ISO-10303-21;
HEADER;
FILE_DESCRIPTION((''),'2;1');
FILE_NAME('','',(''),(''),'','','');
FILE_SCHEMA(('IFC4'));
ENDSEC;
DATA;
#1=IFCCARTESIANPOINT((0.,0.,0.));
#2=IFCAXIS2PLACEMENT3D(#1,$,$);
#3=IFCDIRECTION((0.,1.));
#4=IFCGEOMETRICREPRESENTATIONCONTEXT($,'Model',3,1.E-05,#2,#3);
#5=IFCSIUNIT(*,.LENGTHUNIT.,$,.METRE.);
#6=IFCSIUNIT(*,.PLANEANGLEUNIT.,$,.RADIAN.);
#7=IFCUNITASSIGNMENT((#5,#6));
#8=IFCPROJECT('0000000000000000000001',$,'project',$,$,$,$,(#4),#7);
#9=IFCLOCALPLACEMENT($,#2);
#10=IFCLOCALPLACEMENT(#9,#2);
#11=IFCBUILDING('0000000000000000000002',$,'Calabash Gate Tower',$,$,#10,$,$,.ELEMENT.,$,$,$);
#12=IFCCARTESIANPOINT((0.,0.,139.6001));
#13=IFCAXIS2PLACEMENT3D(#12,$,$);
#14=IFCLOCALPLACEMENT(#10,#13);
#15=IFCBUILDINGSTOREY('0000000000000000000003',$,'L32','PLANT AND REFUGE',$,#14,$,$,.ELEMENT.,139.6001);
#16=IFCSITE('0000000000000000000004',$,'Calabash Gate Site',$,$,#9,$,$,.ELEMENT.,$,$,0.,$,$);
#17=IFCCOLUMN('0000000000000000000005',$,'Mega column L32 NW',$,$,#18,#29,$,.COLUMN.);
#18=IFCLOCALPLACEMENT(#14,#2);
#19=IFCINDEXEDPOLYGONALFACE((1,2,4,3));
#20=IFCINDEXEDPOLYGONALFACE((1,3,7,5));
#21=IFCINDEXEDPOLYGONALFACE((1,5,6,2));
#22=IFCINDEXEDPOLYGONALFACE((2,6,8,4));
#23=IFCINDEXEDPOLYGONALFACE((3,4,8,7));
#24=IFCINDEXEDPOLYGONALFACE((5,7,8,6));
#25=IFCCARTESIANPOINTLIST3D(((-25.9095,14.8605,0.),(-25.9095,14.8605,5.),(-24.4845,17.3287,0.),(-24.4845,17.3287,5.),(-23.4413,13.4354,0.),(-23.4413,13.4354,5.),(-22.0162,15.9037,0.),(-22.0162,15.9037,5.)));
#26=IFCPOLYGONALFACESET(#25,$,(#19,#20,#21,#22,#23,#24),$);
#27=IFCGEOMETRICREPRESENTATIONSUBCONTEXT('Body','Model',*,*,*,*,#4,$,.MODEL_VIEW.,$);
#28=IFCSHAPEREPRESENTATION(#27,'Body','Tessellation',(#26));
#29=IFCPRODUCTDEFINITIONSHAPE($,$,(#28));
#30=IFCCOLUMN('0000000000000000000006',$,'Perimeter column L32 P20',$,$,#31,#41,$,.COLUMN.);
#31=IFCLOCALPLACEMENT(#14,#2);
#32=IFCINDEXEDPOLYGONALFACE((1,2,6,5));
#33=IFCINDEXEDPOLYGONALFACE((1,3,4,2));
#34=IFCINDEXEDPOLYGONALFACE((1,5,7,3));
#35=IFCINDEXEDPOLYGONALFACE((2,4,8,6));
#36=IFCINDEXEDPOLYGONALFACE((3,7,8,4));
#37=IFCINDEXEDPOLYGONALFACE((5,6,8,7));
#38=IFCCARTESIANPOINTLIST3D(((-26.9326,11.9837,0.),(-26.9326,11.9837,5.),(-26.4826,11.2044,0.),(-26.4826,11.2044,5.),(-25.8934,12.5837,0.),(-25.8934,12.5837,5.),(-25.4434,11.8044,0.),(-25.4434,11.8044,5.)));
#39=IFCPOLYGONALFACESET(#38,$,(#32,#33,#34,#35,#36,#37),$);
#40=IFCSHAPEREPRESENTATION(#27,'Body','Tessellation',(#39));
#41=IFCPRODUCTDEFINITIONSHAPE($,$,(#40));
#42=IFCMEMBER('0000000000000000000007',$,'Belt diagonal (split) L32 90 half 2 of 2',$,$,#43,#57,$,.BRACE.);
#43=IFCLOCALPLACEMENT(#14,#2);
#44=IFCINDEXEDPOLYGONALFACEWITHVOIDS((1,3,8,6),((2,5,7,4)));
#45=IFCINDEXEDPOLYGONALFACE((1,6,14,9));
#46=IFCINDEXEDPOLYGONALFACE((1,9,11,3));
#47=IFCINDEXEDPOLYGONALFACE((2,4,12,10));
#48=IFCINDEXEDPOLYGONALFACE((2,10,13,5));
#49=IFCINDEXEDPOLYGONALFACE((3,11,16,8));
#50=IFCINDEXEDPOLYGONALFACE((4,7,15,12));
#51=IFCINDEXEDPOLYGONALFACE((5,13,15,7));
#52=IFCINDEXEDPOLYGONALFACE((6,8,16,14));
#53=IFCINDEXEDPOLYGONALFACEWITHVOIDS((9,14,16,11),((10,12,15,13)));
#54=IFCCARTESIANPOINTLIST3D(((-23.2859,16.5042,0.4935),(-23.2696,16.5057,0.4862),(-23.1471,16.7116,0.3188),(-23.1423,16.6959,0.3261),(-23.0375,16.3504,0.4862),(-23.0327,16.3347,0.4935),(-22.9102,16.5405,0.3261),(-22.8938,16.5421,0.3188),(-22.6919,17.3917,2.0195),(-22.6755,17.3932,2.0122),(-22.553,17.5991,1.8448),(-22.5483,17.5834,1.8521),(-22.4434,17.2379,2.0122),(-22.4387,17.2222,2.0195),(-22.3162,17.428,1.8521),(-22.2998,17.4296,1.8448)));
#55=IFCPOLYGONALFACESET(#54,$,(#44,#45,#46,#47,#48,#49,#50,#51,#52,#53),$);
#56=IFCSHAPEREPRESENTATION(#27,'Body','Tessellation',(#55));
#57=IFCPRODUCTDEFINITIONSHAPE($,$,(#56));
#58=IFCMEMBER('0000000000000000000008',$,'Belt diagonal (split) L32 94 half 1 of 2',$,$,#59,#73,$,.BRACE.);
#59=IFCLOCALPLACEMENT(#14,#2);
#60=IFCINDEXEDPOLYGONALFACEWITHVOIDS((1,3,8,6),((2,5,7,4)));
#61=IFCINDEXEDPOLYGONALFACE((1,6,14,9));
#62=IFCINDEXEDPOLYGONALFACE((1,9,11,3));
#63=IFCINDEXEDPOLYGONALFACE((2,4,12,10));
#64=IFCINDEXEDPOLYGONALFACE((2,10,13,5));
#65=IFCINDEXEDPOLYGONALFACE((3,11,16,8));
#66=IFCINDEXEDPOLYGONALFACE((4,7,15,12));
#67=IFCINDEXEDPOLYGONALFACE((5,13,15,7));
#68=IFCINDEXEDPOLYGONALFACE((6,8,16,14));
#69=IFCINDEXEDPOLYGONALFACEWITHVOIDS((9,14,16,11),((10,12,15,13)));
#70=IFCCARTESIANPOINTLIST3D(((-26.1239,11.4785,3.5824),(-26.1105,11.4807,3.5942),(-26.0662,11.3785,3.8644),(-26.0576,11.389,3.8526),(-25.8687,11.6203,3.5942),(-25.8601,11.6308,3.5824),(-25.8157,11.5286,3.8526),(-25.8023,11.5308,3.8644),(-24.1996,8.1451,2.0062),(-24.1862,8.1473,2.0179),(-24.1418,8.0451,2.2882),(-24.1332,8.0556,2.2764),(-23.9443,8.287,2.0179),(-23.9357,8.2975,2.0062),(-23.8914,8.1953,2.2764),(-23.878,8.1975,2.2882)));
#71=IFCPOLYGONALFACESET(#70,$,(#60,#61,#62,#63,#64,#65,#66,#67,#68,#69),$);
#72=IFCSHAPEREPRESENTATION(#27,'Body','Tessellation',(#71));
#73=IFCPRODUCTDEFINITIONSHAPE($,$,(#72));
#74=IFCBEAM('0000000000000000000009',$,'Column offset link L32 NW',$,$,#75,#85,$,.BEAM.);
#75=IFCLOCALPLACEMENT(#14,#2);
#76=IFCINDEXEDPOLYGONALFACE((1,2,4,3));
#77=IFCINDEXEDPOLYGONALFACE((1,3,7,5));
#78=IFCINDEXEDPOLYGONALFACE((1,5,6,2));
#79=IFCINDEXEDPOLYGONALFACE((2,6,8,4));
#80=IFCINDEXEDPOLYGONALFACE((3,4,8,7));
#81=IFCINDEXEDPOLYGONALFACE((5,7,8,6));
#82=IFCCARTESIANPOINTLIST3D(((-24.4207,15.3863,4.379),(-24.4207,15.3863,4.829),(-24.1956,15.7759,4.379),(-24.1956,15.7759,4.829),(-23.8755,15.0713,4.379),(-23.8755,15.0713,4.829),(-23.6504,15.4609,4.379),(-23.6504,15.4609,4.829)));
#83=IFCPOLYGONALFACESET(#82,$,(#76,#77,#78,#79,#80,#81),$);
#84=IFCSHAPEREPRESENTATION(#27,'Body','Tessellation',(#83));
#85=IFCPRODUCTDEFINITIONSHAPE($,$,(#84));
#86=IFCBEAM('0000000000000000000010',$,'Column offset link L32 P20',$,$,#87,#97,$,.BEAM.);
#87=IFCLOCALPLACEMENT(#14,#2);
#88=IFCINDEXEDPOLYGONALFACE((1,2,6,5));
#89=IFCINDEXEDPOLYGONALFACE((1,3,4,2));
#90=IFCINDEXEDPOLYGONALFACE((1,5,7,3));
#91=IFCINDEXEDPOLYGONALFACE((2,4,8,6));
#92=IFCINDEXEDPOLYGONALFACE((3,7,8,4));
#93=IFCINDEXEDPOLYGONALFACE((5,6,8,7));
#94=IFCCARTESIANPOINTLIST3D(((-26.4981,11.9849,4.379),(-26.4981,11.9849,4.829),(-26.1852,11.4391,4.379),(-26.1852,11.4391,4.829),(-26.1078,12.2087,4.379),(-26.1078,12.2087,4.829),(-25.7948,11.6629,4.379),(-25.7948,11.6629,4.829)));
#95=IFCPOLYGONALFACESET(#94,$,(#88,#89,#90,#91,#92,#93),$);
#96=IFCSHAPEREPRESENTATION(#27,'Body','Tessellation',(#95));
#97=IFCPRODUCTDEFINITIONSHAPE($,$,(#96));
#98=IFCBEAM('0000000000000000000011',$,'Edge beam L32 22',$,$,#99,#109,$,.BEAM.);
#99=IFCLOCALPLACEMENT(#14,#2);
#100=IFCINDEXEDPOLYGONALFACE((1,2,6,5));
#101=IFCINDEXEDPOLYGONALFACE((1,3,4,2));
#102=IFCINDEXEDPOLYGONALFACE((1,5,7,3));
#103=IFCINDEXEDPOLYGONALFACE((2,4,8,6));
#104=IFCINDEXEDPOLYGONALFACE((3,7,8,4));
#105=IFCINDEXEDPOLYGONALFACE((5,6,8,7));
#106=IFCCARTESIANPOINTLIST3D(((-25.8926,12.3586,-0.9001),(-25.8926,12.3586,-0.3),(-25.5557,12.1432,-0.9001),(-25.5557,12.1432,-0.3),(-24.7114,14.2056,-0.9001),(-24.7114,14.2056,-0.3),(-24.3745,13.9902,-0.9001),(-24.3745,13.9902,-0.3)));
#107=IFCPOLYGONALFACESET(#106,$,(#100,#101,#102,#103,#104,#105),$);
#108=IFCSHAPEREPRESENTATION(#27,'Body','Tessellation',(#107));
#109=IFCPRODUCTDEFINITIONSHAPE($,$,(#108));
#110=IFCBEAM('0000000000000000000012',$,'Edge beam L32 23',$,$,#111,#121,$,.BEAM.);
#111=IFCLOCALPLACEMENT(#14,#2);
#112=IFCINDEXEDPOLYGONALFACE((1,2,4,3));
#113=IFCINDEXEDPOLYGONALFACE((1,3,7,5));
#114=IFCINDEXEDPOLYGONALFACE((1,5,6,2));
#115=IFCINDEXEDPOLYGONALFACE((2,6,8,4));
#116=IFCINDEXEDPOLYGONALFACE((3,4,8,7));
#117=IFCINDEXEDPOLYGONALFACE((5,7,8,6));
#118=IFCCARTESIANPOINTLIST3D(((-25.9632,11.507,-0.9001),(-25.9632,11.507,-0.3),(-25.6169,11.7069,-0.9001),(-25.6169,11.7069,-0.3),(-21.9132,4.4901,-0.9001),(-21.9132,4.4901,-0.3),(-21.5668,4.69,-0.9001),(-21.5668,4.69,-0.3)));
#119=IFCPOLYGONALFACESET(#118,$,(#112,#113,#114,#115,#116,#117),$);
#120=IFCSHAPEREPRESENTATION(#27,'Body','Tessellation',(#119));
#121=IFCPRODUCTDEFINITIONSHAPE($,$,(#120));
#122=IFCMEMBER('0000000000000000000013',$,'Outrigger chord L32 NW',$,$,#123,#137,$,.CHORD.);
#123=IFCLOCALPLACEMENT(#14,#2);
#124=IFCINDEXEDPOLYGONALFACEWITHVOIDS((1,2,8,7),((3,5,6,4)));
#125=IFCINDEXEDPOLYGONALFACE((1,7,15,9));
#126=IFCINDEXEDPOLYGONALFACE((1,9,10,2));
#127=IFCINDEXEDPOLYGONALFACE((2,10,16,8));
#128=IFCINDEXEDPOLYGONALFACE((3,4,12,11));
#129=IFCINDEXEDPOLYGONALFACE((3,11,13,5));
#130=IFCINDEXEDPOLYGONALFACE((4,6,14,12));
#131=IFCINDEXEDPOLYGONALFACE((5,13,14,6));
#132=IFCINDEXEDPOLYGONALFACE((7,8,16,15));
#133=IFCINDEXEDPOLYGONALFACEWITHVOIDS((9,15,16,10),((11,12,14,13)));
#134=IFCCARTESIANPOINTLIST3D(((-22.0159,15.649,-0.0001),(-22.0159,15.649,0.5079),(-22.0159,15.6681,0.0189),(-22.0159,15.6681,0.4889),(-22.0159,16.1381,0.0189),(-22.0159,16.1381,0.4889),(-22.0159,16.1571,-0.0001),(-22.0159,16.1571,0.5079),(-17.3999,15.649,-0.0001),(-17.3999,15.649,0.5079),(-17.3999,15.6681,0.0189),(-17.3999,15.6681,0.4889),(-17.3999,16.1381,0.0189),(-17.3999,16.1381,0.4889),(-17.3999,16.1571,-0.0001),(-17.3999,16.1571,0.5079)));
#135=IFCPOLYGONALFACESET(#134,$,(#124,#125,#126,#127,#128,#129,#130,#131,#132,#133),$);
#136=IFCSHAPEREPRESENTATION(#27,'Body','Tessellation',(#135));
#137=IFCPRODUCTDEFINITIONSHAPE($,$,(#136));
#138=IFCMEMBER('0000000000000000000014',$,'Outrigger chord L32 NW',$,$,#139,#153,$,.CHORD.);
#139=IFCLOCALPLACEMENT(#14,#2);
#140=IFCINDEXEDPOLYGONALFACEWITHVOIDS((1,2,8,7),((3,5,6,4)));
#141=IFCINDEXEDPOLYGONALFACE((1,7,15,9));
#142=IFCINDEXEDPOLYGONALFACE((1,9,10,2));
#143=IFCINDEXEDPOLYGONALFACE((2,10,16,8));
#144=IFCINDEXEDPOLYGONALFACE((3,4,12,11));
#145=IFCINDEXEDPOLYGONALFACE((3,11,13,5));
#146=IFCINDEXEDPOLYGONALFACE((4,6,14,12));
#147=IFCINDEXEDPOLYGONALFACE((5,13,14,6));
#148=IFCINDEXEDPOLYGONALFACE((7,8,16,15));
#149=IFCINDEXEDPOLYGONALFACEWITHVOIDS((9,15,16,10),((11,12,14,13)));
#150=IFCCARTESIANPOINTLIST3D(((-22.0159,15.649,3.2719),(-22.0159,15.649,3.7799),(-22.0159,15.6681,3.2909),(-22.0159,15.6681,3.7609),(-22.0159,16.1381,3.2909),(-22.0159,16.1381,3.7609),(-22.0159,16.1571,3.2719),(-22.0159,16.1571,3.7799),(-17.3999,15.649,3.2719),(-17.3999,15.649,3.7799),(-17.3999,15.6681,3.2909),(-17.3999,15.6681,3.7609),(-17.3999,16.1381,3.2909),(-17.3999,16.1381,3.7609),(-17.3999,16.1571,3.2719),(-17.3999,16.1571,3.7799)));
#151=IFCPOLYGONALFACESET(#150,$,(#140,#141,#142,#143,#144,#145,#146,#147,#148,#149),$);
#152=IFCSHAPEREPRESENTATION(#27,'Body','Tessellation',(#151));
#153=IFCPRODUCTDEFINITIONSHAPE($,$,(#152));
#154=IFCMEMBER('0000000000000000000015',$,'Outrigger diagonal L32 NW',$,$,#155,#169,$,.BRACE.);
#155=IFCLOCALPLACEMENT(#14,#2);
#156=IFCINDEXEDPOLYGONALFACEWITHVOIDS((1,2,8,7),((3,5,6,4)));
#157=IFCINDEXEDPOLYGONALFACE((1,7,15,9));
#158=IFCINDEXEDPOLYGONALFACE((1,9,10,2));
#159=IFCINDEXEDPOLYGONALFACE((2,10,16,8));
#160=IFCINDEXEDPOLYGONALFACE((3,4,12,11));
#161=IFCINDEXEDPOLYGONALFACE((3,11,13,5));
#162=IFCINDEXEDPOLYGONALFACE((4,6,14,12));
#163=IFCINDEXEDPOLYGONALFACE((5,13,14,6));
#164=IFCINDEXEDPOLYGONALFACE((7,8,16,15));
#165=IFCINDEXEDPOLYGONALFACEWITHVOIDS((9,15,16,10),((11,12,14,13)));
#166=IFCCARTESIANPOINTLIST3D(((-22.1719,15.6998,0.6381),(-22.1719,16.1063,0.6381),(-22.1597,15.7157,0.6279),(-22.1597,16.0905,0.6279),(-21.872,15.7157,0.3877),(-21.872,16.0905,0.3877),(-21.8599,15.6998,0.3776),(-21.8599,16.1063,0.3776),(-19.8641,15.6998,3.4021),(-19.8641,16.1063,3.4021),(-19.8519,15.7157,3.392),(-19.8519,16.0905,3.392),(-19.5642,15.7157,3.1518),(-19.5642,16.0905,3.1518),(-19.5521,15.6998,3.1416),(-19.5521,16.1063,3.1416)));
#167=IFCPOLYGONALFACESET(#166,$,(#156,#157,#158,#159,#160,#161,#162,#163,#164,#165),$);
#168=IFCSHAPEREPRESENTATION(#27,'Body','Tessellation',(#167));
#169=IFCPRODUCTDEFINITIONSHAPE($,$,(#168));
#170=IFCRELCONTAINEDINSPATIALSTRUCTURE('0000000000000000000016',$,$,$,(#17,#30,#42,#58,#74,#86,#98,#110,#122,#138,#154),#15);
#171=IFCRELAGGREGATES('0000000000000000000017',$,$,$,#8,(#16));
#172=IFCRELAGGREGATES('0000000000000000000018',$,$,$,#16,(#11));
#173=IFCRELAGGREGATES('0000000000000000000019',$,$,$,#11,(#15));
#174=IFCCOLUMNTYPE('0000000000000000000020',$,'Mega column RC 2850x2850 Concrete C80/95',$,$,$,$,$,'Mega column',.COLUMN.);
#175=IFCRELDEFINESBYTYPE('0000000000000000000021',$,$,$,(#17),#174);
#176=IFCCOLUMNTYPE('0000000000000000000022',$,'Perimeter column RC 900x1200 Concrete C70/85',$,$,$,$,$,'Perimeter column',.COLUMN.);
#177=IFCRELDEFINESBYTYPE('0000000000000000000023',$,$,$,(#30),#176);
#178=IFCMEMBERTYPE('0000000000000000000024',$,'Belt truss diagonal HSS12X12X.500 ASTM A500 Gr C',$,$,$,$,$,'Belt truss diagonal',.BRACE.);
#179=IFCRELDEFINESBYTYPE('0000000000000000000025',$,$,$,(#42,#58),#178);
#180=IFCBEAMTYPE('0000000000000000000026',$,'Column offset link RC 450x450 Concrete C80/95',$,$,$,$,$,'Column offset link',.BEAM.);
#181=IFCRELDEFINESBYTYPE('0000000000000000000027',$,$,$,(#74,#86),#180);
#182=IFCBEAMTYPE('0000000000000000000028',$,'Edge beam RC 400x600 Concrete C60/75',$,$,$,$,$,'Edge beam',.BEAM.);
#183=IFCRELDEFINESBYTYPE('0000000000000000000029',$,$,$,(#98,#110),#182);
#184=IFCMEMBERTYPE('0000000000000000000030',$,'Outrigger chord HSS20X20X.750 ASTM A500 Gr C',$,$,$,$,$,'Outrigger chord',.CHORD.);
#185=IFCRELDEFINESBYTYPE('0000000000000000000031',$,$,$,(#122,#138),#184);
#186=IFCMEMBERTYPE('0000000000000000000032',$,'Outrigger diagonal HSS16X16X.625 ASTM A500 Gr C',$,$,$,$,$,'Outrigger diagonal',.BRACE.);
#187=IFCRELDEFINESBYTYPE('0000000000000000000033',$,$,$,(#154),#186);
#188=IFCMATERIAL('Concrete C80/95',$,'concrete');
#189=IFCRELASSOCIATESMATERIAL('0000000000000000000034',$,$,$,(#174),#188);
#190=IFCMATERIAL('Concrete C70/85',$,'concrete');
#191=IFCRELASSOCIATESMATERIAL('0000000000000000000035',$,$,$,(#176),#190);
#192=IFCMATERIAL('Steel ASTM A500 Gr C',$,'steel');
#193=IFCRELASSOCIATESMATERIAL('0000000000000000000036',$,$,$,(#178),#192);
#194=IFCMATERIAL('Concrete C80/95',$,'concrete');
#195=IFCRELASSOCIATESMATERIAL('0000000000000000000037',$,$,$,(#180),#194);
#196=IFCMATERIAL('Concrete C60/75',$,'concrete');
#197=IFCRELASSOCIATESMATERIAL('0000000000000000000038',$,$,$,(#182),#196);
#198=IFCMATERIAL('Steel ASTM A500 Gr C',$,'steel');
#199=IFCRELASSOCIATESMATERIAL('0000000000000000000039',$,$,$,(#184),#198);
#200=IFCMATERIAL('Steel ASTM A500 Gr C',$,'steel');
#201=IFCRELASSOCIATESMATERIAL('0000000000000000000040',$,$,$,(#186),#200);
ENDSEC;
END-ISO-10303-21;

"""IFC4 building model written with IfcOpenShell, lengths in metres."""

from ifc_helpers import new_model, si_unit, direction, frame, origin, origin_2d, place, context, subcontext, project, spatial, rectangle, hollow_rectangle, extrude, material, material_profile, profile_set, type_object, element, save


model = new_model("IFC4")

# Units and contexts
model_context = context("Model", 3, precision=1e-05, world=origin(), true_north=direction((0.0, 1.0)))
body_context = subcontext(model_context, "Body", "Model", "MODEL_VIEW")
ifc_project = project(units=[si_unit("LENGTHUNIT", "METRE"), si_unit("PLANEANGLEUNIT", "RADIAN")], contexts=[model_context])

# Site, building, storey
site_placement = place(None, origin())
site = spatial("IfcSite", under=ifc_project, at=site_placement, Name="Calabash Gate Site", CompositionType="ELEMENT", RefElevation=0.0)
building_placement = place(site_placement, origin())
building = spatial("IfcBuilding", under=site, at=building_placement, Name="Calabash Gate Tower", CompositionType="ELEMENT")
storey_placement = place(building_placement, frame((0.0, 0.0, 139.6001)))
storey = spatial("IfcBuildingStorey", under=building, at=storey_placement, Name="L32", Description="PLANT AND REFUGE", CompositionType="ELEMENT", Elevation=139.6001)

# Columns
ifc_material_1 = material(Name="Concrete C80/95", Category="concrete")
ifc_material_profile_1 = material_profile(ifc_material_1, rectangle(XDim=2.8501, YDim=2.8501, at=origin_2d()))
ifc_profile_set_1 = profile_set([ifc_material_profile_1], Name="Concrete C80/95")
column_type_1 = type_object("IfcColumnType", Name="Mega column RC 2850x2850 Concrete C80/95", ElementType="Mega column", PredefinedType="COLUMN", material=ifc_profile_set_1)
column_1_placement = place(storey_placement, frame((-23.9629, 15.3821, 0.0), z_axis=(0.0, 0.0, 1.0), x_axis=(0.866025, -0.5, 0.0)))
element("IfcColumn", 1, at=column_1_placement, inside=storey, type_object=column_type_1, Name="Mega column L32 NW", PredefinedType="COLUMN", context=body_context, shape_type="SweptSolid", body=[
    extrude(rectangle(XDim=2.8501, YDim=2.8501, at=origin_2d()), origin(), (0.0, 0.0, 1.0), 5.0),
])
ifc_material_2 = material(Name="Concrete C70/85", Category="concrete")
ifc_material_profile_2 = material_profile(ifc_material_2, rectangle(XDim=0.8999, YDim=1.2, at=origin_2d()))
ifc_profile_set_2 = profile_set([ifc_material_profile_2], Name="Concrete C70/85")
column_type_2 = type_object("IfcColumnType", Name="Perimeter column RC 900x1200 Concrete C70/85", ElementType="Perimeter column", PredefinedType="COLUMN", material=ifc_profile_set_2)
column_2_placement = place(storey_placement, frame((-26.188, 11.894, 0.0), z_axis=(0.0, 0.0, 1.0), x_axis=(0.5, -0.866025, 0.0)))
element("IfcColumn", 2, at=column_2_placement, inside=storey, type_object=column_type_2, Name="Perimeter column L32 P20", PredefinedType="COLUMN", context=body_context, shape_type="SweptSolid", body=[
    extrude(rectangle(XDim=0.8999, YDim=1.2, at=origin_2d()), origin(), (0.0, 0.0, 1.0), 5.0),
])

# Members
ifc_material_3 = material(Name="Steel ASTM A500 Gr C", Category="steel")
ifc_material_profile_3 = material_profile(ifc_material_3, hollow_rectangle(XDim=0.3047, YDim=0.3047, WallThickness=0.0127, at=origin_2d()))
ifc_profile_set_3 = profile_set([ifc_material_profile_3], Name="Steel ASTM A500 Gr C")
member_type_1 = type_object("IfcMemberType", Name="Belt truss diagonal HSS12X12X.500 ASTM A500 Gr C", ElementType="Belt truss diagonal", PredefinedType="BRACE", material=ifc_profile_set_3)
member_1_placement = place(storey_placement, frame((-22.4958, 17.4106, 1.9321), z_axis=(-0.318932, -0.476498, -0.819288), x_axis=(0.831029, -0.556229, 0.0)))
element("IfcMember", 3, at=member_1_placement, inside=storey, type_object=member_type_1, Name="Belt diagonal (split) L32 90 half 2 of 2", PredefinedType="BRACE", context=body_context, shape_type="SweptSolid", body=[
    extrude(hollow_rectangle(XDim=0.3047, YDim=0.3047, WallThickness=0.0127, at=origin_2d()), origin(), (0.0, 0.0, 1.0), 1.8625),
])
member_2_placement = place(storey_placement, frame((-25.9631, 11.5046, 3.7234), z_axis=(0.462679, -0.801441, -0.378972), x_axis=(0.866041, 0.499973, 0.0)))
element("IfcMember", 4, at=member_2_placement, inside=storey, type_object=member_type_1, Name="Belt diagonal (split) L32 94 half 1 of 2", PredefinedType="BRACE", context=body_context, shape_type="SweptSolid", body=[
    extrude(hollow_rectangle(XDim=0.3047, YDim=0.3047, WallThickness=0.0127, at=origin_2d()), origin(), (0.0, 0.0, 1.0), 4.1592),
])

# Beams
ifc_material_4 = material(Name="Concrete C80/95", Category="concrete")
ifc_material_profile_4 = material_profile(ifc_material_4, rectangle(XDim=0.45, YDim=0.45, at=origin_2d()))
ifc_profile_set_4 = profile_set([ifc_material_profile_4], Name="Concrete C80/95")
beam_type_1 = type_object("IfcBeamType", Name="Column offset link RC 450x450 Concrete C80/95", ElementType="Column offset link", PredefinedType="BEAM", material=ifc_profile_set_4)
beam_1_placement = place(storey_placement, frame((-23.7629, 15.2661, 4.604), z_axis=(-0.865895, 0.500226, 0.0), x_axis=(-0.500226, -0.865895, 0.0)))
element("IfcBeam", 5, at=beam_1_placement, inside=storey, type_object=beam_type_1, Name="Column offset link L32 NW", PredefinedType="BEAM", context=body_context, shape_type="SweptSolid", body=[
    extrude(rectangle(XDim=0.45, YDim=0.45, at=origin_2d()), origin(), (0.0, 0.0, 1.0), 0.6296),
])
beam_2_placement = place(storey_placement, frame((-25.99, 11.551, 4.604), z_axis=(-0.497392, 0.867526, 0.0), x_axis=(-0.867526, -0.497392, 0.0)))
element("IfcBeam", 6, at=beam_2_placement, inside=storey, type_object=beam_type_1, Name="Column offset link L32 P20", PredefinedType="BEAM", context=body_context, shape_type="SweptSolid", body=[
    extrude(rectangle(XDim=0.45, YDim=0.45, at=origin_2d()), origin(), (0.0, 0.0, 1.0), 0.6292),
])
ifc_material_5 = material(Name="Concrete C60/75", Category="concrete")
ifc_material_profile_5 = material_profile(ifc_material_5, rectangle(XDim=0.3999, YDim=0.6001, at=origin_2d()))
ifc_profile_set_5 = profile_set([ifc_material_profile_5], Name="Concrete C60/75")
beam_type_2 = type_object("IfcBeamType", Name="Edge beam RC 400x600 Concrete C60/75", ElementType="Edge beam", PredefinedType="BEAM", material=ifc_profile_set_5)
beam_3_placement = place(storey_placement, frame((-24.543, 14.0979, -0.6001), z_axis=(-0.538769, -0.842453, 0.0), x_axis=(0.842453, -0.538769, 0.0)))
element("IfcBeam", 7, at=beam_3_placement, inside=storey, type_object=beam_type_2, Name="Edge beam L32 22", PredefinedType="BEAM", context=body_context, shape_type="SweptSolid", body=[
    extrude(rectangle(XDim=0.3999, YDim=0.6001, at=origin_2d()), origin(), (0.0, 0.0, 1.0), 2.1924),
])
beam_4_placement = place(storey_placement, frame((-25.79, 11.6069, -0.6001), z_axis=(0.499895, -0.866086, 0.0), x_axis=(0.866086, 0.499895, 0.0)))
element("IfcBeam", 8, at=beam_4_placement, inside=storey, type_object=beam_type_2, Name="Edge beam L32 23", PredefinedType="BEAM", context=body_context, shape_type="SweptSolid", body=[
    extrude(rectangle(XDim=0.3999, YDim=0.6001, at=origin_2d()), origin(), (0.0, 0.0, 1.0), 8.1018),
])

# Members
ifc_material_6 = material(Name="Steel ASTM A500 Gr C", Category="steel")
ifc_material_profile_6 = material_profile(ifc_material_6, hollow_rectangle(XDim=0.5081, YDim=0.5081, WallThickness=0.019, at=origin_2d()))
ifc_profile_set_6 = profile_set([ifc_material_profile_6], Name="Steel ASTM A500 Gr C")
member_type_2 = type_object("IfcMemberType", Name="Outrigger chord HSS20X20X.750 ASTM A500 Gr C", ElementType="Outrigger chord", PredefinedType="CHORD", material=ifc_profile_set_6)
for number, where, z_axis, x_axis, name in (
    (9, (-22.0159, 15.9031, 0.2539), (1.0, 0.0, 0.0), (0.0, 1.0, 0.0), "Outrigger chord L32 NW"),
    (10, (-22.0159, 15.9031, 3.5259), (1.0, 0.0, 0.0), (0.0, 1.0, 0.0), "Outrigger chord L32 NW"),
):
    element("IfcMember", number, at=place(storey_placement, frame(where, z_axis=z_axis, x_axis=x_axis)), inside=storey, type_object=member_type_2, Name=name, PredefinedType="CHORD", context=body_context, shape_type="SweptSolid", body=[
        extrude(hollow_rectangle(XDim=0.5081, YDim=0.5081, WallThickness=0.019, at=origin_2d()), origin(), (0.0, 0.0, 1.0), 4.616),
    ])
ifc_material_7 = material(Name="Steel ASTM A500 Gr C", Category="steel")
ifc_material_profile_7 = material_profile(ifc_material_7, hollow_rectangle(XDim=0.4065, YDim=0.4065, WallThickness=0.0159, at=origin_2d()))
ifc_profile_set_7 = profile_set([ifc_material_profile_7], Name="Steel ASTM A500 Gr C")
member_type_3 = type_object("IfcMemberType", Name="Outrigger diagonal HSS16X16X.625 ASTM A500 Gr C", ElementType="Outrigger diagonal", PredefinedType="BRACE", material=ifc_profile_set_7)
member_3_placement = place(storey_placement, frame((-22.0159, 15.9031, 0.5078), z_axis=(0.640904, 0.0, 0.767621), x_axis=(0.0, 1.0, 0.0)))
element("IfcMember", 11, at=member_3_placement, inside=storey, type_object=member_type_3, Name="Outrigger diagonal L32 NW", PredefinedType="BRACE", context=body_context, shape_type="SweptSolid", body=[
    extrude(hollow_rectangle(XDim=0.4065, YDim=0.4065, WallThickness=0.0159, at=origin_2d()), origin(), (0.0, 0.0, 1.0), 3.6008),
])

save(model, "model.ifc")
